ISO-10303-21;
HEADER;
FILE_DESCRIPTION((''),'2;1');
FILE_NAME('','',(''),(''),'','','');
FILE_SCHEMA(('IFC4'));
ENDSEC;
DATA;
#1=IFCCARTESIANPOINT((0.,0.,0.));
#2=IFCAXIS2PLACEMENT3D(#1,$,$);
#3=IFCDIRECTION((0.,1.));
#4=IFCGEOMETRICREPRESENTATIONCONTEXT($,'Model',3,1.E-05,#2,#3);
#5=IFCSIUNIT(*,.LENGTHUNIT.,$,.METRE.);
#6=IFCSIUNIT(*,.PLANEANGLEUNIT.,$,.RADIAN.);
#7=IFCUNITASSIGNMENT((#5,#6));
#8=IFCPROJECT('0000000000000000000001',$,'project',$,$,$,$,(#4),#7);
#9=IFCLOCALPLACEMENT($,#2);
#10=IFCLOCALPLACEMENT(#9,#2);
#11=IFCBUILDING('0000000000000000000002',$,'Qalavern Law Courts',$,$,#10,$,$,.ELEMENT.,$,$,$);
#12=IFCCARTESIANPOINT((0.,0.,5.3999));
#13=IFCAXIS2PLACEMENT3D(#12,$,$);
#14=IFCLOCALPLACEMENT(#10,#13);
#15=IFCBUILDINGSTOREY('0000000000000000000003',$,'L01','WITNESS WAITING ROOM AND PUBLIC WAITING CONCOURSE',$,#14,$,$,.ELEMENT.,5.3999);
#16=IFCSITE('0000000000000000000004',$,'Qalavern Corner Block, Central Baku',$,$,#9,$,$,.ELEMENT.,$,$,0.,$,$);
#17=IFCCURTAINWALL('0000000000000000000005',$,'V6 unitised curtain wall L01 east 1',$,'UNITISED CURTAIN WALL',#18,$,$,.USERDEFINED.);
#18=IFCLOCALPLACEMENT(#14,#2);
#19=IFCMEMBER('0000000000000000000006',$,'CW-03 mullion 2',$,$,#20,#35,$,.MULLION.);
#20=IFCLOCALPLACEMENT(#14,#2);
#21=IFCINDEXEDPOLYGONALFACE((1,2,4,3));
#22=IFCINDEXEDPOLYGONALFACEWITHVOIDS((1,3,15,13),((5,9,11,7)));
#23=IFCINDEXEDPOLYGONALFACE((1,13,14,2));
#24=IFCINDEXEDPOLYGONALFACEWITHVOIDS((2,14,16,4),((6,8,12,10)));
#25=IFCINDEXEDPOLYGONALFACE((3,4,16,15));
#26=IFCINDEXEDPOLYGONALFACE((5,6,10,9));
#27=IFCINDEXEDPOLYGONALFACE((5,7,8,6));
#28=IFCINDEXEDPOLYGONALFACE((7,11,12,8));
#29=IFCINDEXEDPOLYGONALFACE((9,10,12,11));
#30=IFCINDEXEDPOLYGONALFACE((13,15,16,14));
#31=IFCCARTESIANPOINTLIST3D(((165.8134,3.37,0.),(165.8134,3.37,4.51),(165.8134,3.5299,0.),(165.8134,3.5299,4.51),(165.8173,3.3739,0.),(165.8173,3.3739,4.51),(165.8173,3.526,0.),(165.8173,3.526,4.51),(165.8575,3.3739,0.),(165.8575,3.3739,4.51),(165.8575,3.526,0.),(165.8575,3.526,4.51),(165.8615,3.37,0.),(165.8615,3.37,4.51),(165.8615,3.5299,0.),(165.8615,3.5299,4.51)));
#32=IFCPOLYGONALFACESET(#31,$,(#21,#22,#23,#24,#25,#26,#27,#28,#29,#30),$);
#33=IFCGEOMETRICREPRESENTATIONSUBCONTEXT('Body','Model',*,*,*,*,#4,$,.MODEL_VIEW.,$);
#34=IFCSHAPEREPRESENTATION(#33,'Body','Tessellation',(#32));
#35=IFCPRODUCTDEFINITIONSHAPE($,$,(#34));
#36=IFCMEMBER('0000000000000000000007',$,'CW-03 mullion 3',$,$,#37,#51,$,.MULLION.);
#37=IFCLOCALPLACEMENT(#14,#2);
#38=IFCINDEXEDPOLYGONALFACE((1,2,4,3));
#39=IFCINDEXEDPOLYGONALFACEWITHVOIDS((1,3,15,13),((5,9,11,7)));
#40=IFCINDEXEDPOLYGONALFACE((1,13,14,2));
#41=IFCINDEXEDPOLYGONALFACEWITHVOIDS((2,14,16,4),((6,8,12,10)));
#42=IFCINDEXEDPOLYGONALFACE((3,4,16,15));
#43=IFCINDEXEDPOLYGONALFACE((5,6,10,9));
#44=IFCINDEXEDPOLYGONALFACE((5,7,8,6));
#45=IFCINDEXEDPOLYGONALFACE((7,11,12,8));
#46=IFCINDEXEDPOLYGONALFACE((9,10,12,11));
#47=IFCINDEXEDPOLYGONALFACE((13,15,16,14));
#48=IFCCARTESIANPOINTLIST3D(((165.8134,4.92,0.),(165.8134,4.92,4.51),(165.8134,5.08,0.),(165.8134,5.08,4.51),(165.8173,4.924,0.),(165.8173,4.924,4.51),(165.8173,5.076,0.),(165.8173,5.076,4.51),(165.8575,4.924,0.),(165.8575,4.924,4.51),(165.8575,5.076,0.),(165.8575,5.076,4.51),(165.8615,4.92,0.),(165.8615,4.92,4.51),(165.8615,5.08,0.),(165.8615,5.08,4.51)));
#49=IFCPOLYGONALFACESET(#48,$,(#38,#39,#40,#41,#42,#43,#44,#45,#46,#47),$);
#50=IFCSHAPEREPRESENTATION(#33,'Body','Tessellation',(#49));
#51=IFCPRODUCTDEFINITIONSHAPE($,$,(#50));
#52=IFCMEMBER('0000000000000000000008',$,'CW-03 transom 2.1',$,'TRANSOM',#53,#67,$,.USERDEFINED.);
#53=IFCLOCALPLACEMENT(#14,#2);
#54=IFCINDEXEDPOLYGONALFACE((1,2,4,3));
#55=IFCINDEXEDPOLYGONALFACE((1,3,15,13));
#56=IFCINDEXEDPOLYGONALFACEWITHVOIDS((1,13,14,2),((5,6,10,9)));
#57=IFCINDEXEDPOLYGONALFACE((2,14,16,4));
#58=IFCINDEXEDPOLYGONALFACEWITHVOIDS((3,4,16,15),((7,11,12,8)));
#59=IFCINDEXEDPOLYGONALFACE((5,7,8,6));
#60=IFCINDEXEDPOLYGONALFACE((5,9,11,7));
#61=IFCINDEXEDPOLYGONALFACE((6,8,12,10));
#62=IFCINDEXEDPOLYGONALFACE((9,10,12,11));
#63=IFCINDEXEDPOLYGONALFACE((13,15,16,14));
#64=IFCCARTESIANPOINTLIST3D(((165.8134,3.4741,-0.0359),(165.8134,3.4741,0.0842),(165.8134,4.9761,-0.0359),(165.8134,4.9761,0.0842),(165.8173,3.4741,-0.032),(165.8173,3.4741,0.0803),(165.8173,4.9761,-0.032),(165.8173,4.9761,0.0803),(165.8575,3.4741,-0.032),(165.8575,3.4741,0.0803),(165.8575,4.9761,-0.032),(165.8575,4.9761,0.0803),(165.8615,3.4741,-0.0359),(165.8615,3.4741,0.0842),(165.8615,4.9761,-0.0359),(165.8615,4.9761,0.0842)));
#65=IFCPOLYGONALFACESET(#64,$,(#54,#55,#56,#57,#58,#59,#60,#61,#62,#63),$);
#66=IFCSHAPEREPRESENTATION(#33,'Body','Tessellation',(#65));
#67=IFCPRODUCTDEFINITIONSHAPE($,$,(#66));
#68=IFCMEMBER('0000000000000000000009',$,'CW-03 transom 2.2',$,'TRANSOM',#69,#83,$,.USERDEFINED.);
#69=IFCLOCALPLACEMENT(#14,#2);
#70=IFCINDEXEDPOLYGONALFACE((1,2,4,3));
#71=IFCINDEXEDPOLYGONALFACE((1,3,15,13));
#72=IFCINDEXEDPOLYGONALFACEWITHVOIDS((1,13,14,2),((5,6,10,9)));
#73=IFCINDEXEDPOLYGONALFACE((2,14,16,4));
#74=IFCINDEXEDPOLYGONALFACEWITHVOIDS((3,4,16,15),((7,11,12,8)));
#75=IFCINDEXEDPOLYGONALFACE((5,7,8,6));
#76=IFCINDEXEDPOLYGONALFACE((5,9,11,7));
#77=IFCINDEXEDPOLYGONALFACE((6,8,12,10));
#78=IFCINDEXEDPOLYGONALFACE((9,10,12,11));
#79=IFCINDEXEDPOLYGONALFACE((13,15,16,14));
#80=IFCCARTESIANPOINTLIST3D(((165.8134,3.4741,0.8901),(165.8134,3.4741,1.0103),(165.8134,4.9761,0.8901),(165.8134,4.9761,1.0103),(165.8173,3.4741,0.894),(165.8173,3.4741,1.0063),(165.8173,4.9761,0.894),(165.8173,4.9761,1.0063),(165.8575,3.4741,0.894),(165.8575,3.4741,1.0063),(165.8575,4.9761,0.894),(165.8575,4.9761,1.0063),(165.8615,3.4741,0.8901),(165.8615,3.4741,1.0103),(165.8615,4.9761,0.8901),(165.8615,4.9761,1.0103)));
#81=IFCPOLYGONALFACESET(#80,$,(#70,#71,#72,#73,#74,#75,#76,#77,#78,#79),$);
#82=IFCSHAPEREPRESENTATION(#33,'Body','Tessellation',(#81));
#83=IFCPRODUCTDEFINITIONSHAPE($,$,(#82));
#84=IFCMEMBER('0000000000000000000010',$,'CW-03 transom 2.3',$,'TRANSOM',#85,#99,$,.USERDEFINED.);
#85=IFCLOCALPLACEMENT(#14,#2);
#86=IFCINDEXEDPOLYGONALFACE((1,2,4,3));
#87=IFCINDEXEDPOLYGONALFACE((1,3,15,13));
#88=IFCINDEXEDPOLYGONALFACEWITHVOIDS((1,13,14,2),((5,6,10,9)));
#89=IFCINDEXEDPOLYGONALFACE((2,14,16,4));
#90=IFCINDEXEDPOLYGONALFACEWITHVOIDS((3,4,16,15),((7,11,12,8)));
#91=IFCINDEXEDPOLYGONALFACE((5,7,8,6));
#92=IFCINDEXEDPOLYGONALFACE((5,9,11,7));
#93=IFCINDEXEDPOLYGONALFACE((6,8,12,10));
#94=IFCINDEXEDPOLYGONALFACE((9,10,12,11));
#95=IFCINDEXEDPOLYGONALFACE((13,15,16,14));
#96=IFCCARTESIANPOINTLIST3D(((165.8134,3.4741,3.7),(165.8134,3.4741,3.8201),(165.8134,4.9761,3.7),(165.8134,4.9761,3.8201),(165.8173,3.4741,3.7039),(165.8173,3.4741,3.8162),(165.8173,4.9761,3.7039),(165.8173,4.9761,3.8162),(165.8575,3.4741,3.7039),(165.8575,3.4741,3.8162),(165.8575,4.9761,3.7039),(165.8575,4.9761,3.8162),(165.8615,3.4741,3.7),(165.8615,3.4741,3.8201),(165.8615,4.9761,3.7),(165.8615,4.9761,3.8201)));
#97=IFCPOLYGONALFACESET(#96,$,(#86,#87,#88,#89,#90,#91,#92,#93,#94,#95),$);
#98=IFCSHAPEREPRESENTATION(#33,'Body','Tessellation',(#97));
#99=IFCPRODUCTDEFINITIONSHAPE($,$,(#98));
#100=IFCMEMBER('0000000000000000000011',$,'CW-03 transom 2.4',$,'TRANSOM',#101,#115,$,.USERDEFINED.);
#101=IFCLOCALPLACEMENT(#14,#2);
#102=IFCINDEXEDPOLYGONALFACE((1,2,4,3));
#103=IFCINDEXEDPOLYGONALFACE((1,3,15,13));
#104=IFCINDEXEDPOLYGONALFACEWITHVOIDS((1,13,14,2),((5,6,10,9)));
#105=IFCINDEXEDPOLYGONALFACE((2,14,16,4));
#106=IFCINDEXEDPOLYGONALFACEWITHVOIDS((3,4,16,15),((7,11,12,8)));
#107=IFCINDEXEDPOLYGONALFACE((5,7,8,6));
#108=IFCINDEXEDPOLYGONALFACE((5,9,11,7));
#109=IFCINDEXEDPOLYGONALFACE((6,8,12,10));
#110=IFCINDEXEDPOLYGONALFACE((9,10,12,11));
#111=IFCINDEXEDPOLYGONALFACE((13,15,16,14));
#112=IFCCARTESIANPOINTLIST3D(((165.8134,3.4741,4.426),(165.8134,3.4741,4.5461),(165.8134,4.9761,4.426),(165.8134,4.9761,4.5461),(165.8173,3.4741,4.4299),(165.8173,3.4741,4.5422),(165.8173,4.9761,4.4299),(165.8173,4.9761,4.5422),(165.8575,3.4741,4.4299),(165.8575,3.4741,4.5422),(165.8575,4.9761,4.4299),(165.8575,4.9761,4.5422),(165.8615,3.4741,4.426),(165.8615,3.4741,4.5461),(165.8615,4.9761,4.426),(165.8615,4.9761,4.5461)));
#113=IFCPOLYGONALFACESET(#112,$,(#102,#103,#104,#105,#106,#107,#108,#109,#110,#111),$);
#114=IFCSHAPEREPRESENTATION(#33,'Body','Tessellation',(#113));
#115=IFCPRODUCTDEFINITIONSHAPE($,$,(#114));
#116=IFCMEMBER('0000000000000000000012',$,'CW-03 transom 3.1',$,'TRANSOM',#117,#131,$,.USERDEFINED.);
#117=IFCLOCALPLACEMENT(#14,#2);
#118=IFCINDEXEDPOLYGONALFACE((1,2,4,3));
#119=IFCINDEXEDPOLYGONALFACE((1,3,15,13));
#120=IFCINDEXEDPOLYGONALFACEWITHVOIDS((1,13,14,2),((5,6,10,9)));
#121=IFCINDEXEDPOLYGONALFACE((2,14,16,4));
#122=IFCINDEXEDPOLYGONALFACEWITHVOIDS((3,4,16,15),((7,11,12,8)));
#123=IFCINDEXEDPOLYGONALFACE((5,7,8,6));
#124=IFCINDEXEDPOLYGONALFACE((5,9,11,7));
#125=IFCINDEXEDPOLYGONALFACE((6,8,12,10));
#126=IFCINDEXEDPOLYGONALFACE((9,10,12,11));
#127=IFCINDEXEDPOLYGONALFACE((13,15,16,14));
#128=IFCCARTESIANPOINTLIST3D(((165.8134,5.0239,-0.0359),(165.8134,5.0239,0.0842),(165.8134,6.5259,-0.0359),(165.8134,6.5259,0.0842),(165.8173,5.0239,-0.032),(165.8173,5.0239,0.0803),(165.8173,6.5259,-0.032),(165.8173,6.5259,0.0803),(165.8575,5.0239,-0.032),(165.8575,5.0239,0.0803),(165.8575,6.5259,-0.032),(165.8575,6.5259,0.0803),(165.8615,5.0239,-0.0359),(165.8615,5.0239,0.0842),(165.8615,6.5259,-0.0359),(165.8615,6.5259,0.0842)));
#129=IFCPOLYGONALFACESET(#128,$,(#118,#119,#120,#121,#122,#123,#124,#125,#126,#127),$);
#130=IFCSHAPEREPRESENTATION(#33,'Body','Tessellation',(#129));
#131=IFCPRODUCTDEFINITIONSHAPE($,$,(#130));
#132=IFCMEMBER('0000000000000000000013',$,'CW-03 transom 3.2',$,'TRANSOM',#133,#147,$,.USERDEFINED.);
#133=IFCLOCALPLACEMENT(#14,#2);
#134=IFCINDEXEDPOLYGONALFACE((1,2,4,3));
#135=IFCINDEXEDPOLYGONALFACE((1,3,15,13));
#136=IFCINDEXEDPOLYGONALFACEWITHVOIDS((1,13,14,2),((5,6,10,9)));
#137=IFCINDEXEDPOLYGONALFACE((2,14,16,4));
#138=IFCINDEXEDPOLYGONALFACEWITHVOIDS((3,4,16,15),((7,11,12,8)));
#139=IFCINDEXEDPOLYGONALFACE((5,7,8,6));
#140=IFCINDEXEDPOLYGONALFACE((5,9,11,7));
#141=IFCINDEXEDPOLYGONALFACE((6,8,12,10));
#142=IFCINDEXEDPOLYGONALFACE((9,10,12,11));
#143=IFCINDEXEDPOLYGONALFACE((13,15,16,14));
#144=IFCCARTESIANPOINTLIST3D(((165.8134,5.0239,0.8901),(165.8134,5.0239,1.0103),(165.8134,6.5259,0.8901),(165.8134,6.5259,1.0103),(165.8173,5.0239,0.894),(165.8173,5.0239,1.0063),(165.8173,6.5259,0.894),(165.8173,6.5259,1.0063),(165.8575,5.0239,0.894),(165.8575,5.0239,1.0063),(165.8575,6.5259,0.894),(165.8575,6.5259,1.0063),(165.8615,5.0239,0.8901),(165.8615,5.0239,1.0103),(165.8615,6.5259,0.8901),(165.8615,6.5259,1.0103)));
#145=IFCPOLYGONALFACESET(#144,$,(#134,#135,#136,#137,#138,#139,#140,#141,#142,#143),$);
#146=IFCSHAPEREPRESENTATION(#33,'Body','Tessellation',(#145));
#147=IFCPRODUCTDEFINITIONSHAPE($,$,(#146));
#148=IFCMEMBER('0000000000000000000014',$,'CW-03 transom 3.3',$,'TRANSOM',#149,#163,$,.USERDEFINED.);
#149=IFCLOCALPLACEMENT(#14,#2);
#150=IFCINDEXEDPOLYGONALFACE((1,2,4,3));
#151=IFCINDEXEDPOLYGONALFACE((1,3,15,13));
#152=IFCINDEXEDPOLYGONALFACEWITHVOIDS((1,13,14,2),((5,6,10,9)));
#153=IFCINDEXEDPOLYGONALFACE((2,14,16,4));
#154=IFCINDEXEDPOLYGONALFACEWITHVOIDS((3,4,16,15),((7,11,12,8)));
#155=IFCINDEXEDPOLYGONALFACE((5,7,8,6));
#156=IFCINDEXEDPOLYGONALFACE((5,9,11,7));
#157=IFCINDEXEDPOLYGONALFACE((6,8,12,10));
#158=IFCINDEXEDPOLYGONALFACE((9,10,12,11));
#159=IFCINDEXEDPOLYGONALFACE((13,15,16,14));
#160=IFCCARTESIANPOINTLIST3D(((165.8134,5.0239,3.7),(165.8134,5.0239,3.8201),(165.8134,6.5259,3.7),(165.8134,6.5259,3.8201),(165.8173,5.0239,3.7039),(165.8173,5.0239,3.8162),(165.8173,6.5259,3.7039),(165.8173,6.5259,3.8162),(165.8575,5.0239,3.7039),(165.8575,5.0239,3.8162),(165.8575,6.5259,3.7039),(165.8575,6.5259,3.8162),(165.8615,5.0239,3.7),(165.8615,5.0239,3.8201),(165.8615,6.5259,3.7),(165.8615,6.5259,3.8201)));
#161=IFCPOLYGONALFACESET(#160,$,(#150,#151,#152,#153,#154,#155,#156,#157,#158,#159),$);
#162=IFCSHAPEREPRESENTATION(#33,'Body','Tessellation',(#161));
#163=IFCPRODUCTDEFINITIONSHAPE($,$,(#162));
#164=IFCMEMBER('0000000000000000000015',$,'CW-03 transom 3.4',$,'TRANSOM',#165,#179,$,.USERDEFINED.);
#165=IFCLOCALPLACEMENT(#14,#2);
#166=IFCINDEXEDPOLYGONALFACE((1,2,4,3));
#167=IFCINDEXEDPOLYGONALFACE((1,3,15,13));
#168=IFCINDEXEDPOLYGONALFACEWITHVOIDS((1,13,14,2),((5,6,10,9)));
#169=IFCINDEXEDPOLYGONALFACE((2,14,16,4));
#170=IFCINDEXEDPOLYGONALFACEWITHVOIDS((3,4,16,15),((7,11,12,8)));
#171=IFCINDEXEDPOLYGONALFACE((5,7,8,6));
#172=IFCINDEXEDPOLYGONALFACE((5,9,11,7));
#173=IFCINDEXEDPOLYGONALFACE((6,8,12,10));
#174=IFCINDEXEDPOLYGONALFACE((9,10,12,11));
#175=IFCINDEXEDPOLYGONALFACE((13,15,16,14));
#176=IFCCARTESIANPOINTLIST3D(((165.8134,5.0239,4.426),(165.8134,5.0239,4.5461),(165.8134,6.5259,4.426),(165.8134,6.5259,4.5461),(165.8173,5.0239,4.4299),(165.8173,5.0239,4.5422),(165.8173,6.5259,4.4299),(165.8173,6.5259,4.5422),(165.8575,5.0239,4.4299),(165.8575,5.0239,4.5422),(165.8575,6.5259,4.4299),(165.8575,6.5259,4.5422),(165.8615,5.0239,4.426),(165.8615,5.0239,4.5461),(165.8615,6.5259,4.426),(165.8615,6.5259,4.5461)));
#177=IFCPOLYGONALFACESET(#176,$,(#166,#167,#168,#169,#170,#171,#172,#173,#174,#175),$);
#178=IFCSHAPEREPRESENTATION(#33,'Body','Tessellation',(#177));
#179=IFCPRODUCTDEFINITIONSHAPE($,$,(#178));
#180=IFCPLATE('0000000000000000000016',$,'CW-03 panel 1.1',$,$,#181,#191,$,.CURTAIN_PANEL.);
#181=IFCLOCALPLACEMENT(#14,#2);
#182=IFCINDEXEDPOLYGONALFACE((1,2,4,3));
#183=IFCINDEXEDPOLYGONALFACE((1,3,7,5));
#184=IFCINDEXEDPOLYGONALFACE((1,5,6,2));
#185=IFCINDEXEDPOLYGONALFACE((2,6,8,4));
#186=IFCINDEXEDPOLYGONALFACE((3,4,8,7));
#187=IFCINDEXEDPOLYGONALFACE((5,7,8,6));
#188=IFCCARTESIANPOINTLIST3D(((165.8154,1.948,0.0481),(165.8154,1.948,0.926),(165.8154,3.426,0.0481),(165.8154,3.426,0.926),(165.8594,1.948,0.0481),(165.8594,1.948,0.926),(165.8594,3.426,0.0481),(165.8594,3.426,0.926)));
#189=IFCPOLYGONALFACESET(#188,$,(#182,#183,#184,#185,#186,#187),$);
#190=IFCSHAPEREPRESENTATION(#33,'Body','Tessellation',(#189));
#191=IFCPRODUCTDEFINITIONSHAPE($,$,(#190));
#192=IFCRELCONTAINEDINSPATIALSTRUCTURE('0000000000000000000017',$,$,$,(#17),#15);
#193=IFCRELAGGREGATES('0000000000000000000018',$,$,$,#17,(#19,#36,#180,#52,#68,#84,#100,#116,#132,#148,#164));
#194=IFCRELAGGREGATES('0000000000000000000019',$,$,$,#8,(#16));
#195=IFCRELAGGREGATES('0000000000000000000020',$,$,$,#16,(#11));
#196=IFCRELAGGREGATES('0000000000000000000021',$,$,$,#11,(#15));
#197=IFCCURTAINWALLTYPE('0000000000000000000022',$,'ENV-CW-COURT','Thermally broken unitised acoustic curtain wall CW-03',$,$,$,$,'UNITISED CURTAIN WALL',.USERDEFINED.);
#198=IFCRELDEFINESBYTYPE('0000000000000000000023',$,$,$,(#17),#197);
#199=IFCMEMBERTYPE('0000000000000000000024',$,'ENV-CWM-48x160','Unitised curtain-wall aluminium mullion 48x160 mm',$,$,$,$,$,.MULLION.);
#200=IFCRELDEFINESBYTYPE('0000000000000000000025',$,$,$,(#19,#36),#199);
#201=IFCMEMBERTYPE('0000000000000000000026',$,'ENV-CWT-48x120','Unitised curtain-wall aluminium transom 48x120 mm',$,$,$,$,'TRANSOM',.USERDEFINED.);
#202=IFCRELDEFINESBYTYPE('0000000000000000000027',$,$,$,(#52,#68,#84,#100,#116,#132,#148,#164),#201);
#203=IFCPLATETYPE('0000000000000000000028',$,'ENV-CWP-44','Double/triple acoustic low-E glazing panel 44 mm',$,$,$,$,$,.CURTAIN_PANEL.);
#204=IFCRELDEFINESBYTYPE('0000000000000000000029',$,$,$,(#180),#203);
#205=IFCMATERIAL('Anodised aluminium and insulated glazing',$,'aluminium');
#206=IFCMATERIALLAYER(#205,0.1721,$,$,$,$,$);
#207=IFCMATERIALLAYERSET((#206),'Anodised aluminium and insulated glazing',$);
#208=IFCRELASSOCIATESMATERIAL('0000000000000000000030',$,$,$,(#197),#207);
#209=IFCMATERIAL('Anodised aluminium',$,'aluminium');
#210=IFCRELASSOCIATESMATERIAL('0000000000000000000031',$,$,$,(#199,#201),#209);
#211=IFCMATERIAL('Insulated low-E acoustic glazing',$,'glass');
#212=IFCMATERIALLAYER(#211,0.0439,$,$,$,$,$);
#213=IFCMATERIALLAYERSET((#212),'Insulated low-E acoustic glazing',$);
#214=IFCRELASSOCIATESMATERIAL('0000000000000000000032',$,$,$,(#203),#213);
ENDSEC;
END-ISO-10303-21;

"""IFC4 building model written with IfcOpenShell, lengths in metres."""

from ifc_helpers import new_model, si_unit, direction, frame, origin, origin_2d, place, context, subcontext, project, spatial, rectangle, hollow_rectangle, extrude, material, layer, layer_set, material_profile, profile_set, type_object, element, aggregate, save


model = new_model("IFC4")

# Units and contexts
model_context = context("Model", 3, precision=1e-05, world=origin(), true_north=direction((0.0, 1.0)))
body_context = subcontext(model_context, "Body", "Model", "MODEL_VIEW")
ifc_project = project(units=[si_unit("LENGTHUNIT", "METRE"), si_unit("PLANEANGLEUNIT", "RADIAN")], contexts=[model_context])

# Site, building, storey
site_placement = place(None, origin())
site = spatial("IfcSite", under=ifc_project, at=site_placement, Name="Qalavern Corner Block, Central Baku", CompositionType="ELEMENT", RefElevation=0.0)
building_placement = place(site_placement, origin())
building = spatial("IfcBuilding", under=site, at=building_placement, Name="Qalavern Law Courts", CompositionType="ELEMENT")
storey_placement = place(building_placement, frame((0.0, 0.0, 5.3999)))
storey = spatial("IfcBuildingStorey", under=building, at=storey_placement, Name="L01", Description="WITNESS WAITING ROOM AND PUBLIC WAITING CONCOURSE", CompositionType="ELEMENT", Elevation=5.3999)

# Curtain wall, members, plate
ifc_material_1 = material(Name="Anodised aluminium and insulated glazing", Category="aluminium")
ifc_layer_1 = layer(ifc_material_1, 0.1721)
ifc_layer_set_1 = layer_set([ifc_layer_1], Name="Anodised aluminium and insulated glazing")
curtain_wall_type = type_object("IfcCurtainWallType", Name="ENV-CW-COURT", Description="Thermally broken unitised acoustic curtain wall CW-03", ElementType="UNITISED CURTAIN WALL", PredefinedType="USERDEFINED", material=ifc_layer_set_1)
curtain_wall_placement = place(storey_placement, origin())
curtain_wall = element("IfcCurtainWall", 1, at=curtain_wall_placement, inside=storey, type_object=curtain_wall_type, Name="V6 unitised curtain wall L01 east 1", ObjectType="UNITISED CURTAIN WALL", PredefinedType="USERDEFINED")
ifc_material_2 = material(Name="Anodised aluminium", Category="aluminium")
ifc_material_profile_1 = material_profile(ifc_material_2, hollow_rectangle(XDim=0.0481, YDim=0.1599, WallThickness=0.0039, at=origin_2d()), Name="ALU MULLION 48x160")
ifc_profile_set_1 = profile_set([ifc_material_profile_1], Name="Anodised aluminium")
member_type_1 = type_object("IfcMemberType", Name="ENV-CWM-48x160", Description="Unitised curtain-wall aluminium mullion 48x160 mm", PredefinedType="MULLION", material=ifc_profile_set_1)
member_1_placement = place(storey_placement, frame((165.8374, 3.45, 0.0), z_axis=(0.0, 0.0, 1.0), x_axis=(-1.0, 0.0, 0.0)))
member_1 = element("IfcMember", 2, at=member_1_placement, type_object=member_type_1, Name="CW-03 mullion 2", PredefinedType="MULLION", context=body_context, shape_type="SweptSolid", body=[
    extrude(hollow_rectangle(XDim=0.0481, YDim=0.1599, WallThickness=0.0039, at=origin_2d()), origin(), (0.0, 0.0, 1.0), 4.51),
])
member_2_placement = place(storey_placement, frame((165.8374, 5.0, 0.0), z_axis=(0.0, 0.0, 1.0), x_axis=(-1.0, 0.0, 0.0)))
member_2 = element("IfcMember", 3, at=member_2_placement, type_object=member_type_1, Name="CW-03 mullion 3", PredefinedType="MULLION", context=body_context, shape_type="SweptSolid", body=[
    extrude(hollow_rectangle(XDim=0.0481, YDim=0.1599, WallThickness=0.0039, at=origin_2d()), origin(), (0.0, 0.0, 1.0), 4.51),
])
ifc_material_profile_2 = material_profile(ifc_material_2, hollow_rectangle(XDim=0.0481, YDim=0.1201, WallThickness=0.0039, at=origin_2d()), Name="ALU TRANSOM 48x120")
ifc_profile_set_2 = profile_set([ifc_material_profile_2], Name="Anodised aluminium")
member_type_2 = type_object("IfcMemberType", Name="ENV-CWT-48x120", Description="Unitised curtain-wall aluminium transom 48x120 mm", ElementType="TRANSOM", PredefinedType="USERDEFINED", material=ifc_profile_set_2)
member_3_placement = place(storey_placement, frame((165.8374, 3.4741, 0.0242), z_axis=(0.0, 1.0, 0.0), x_axis=(-1.0, 0.0, 0.0)))
member_3 = element("IfcMember", 4, at=member_3_placement, type_object=member_type_2, Name="CW-03 transom 2.1", ObjectType="TRANSOM", PredefinedType="USERDEFINED", context=body_context, shape_type="SweptSolid", body=[
    extrude(hollow_rectangle(XDim=0.0481, YDim=0.1201, WallThickness=0.0039, at=origin_2d()), origin(), (0.0, 0.0, 1.0), 1.502),
])
member_4_placement = place(storey_placement, frame((165.8374, 3.4741, 0.9502), z_axis=(0.0, 1.0, 0.0), x_axis=(-1.0, 0.0, 0.0)))
member_4 = element("IfcMember", 5, at=member_4_placement, type_object=member_type_2, Name="CW-03 transom 2.2", ObjectType="TRANSOM", PredefinedType="USERDEFINED", context=body_context, shape_type="SweptSolid", body=[
    extrude(hollow_rectangle(XDim=0.0481, YDim=0.1201, WallThickness=0.0039, at=origin_2d()), origin(), (0.0, 0.0, 1.0), 1.502),
])
member_5_placement = place(storey_placement, frame((165.8374, 3.4741, 3.76), z_axis=(0.0, 1.0, 0.0), x_axis=(-1.0, 0.0, 0.0)))
member_5 = element("IfcMember", 6, at=member_5_placement, type_object=member_type_2, Name="CW-03 transom 2.3", ObjectType="TRANSOM", PredefinedType="USERDEFINED", context=body_context, shape_type="SweptSolid", body=[
    extrude(hollow_rectangle(XDim=0.0481, YDim=0.1201, WallThickness=0.0039, at=origin_2d()), origin(), (0.0, 0.0, 1.0), 1.502),
])
member_6_placement = place(storey_placement, frame((165.8374, 3.4741, 4.4861), z_axis=(0.0, 1.0, 0.0), x_axis=(-1.0, 0.0, 0.0)))
member_6 = element("IfcMember", 7, at=member_6_placement, type_object=member_type_2, Name="CW-03 transom 2.4", ObjectType="TRANSOM", PredefinedType="USERDEFINED", context=body_context, shape_type="SweptSolid", body=[
    extrude(hollow_rectangle(XDim=0.0481, YDim=0.1201, WallThickness=0.0039, at=origin_2d()), origin(), (0.0, 0.0, 1.0), 1.502),
])
member_7_placement = place(storey_placement, frame((165.8374, 5.0239, 0.0242), z_axis=(0.0, 1.0, 0.0), x_axis=(-1.0, 0.0, 0.0)))
member_7 = element("IfcMember", 8, at=member_7_placement, type_object=member_type_2, Name="CW-03 transom 3.1", ObjectType="TRANSOM", PredefinedType="USERDEFINED", context=body_context, shape_type="SweptSolid", body=[
    extrude(hollow_rectangle(XDim=0.0481, YDim=0.1201, WallThickness=0.0039, at=origin_2d()), origin(), (0.0, 0.0, 1.0), 1.502),
])
member_8_placement = place(storey_placement, frame((165.8374, 5.0239, 0.9502), z_axis=(0.0, 1.0, 0.0), x_axis=(-1.0, 0.0, 0.0)))
member_8 = element("IfcMember", 9, at=member_8_placement, type_object=member_type_2, Name="CW-03 transom 3.2", ObjectType="TRANSOM", PredefinedType="USERDEFINED", context=body_context, shape_type="SweptSolid", body=[
    extrude(hollow_rectangle(XDim=0.0481, YDim=0.1201, WallThickness=0.0039, at=origin_2d()), origin(), (0.0, 0.0, 1.0), 1.502),
])
member_9_placement = place(storey_placement, frame((165.8374, 5.0239, 3.76), z_axis=(0.0, 1.0, 0.0), x_axis=(-1.0, 0.0, 0.0)))
member_9 = element("IfcMember", 10, at=member_9_placement, type_object=member_type_2, Name="CW-03 transom 3.3", ObjectType="TRANSOM", PredefinedType="USERDEFINED", context=body_context, shape_type="SweptSolid", body=[
    extrude(hollow_rectangle(XDim=0.0481, YDim=0.1201, WallThickness=0.0039, at=origin_2d()), origin(), (0.0, 0.0, 1.0), 1.502),
])
member_10_placement = place(storey_placement, frame((165.8374, 5.0239, 4.4861), z_axis=(0.0, 1.0, 0.0), x_axis=(-1.0, 0.0, 0.0)))
member_10 = element("IfcMember", 11, at=member_10_placement, type_object=member_type_2, Name="CW-03 transom 3.4", ObjectType="TRANSOM", PredefinedType="USERDEFINED", context=body_context, shape_type="SweptSolid", body=[
    extrude(hollow_rectangle(XDim=0.0481, YDim=0.1201, WallThickness=0.0039, at=origin_2d()), origin(), (0.0, 0.0, 1.0), 1.502),
])
ifc_material_3 = material(Name="Insulated low-E acoustic glazing", Category="glass")
ifc_layer_2 = layer(ifc_material_3, 0.0439)
ifc_layer_set_2 = layer_set([ifc_layer_2], Name="Insulated low-E acoustic glazing")
plate_type = type_object("IfcPlateType", Name="ENV-CWP-44", Description="Double/triple acoustic low-E glazing panel 44 mm", PredefinedType="CURTAIN_PANEL", material=ifc_layer_set_2)
plate_1_placement = place(storey_placement, frame((165.8374, 2.687, 0.0481), z_axis=(0.0, 0.0, 1.0), x_axis=(0.0, 1.0, 0.0)))
plate_1 = element("IfcPlate", 12, at=plate_1_placement, type_object=plate_type, Name="CW-03 panel 1.1", PredefinedType="CURTAIN_PANEL", context=body_context, shape_type="SweptSolid", body=[
    extrude(rectangle(XDim=1.478, YDim=0.0439, at=origin_2d()), origin(), (0.0, 0.0, 1.0), 0.8779),
])
aggregate(curtain_wall, [member_1, member_2, plate_1, member_3, member_4, member_5, member_6, member_7, member_8, member_9, member_10])

save(model, "model.ifc")
